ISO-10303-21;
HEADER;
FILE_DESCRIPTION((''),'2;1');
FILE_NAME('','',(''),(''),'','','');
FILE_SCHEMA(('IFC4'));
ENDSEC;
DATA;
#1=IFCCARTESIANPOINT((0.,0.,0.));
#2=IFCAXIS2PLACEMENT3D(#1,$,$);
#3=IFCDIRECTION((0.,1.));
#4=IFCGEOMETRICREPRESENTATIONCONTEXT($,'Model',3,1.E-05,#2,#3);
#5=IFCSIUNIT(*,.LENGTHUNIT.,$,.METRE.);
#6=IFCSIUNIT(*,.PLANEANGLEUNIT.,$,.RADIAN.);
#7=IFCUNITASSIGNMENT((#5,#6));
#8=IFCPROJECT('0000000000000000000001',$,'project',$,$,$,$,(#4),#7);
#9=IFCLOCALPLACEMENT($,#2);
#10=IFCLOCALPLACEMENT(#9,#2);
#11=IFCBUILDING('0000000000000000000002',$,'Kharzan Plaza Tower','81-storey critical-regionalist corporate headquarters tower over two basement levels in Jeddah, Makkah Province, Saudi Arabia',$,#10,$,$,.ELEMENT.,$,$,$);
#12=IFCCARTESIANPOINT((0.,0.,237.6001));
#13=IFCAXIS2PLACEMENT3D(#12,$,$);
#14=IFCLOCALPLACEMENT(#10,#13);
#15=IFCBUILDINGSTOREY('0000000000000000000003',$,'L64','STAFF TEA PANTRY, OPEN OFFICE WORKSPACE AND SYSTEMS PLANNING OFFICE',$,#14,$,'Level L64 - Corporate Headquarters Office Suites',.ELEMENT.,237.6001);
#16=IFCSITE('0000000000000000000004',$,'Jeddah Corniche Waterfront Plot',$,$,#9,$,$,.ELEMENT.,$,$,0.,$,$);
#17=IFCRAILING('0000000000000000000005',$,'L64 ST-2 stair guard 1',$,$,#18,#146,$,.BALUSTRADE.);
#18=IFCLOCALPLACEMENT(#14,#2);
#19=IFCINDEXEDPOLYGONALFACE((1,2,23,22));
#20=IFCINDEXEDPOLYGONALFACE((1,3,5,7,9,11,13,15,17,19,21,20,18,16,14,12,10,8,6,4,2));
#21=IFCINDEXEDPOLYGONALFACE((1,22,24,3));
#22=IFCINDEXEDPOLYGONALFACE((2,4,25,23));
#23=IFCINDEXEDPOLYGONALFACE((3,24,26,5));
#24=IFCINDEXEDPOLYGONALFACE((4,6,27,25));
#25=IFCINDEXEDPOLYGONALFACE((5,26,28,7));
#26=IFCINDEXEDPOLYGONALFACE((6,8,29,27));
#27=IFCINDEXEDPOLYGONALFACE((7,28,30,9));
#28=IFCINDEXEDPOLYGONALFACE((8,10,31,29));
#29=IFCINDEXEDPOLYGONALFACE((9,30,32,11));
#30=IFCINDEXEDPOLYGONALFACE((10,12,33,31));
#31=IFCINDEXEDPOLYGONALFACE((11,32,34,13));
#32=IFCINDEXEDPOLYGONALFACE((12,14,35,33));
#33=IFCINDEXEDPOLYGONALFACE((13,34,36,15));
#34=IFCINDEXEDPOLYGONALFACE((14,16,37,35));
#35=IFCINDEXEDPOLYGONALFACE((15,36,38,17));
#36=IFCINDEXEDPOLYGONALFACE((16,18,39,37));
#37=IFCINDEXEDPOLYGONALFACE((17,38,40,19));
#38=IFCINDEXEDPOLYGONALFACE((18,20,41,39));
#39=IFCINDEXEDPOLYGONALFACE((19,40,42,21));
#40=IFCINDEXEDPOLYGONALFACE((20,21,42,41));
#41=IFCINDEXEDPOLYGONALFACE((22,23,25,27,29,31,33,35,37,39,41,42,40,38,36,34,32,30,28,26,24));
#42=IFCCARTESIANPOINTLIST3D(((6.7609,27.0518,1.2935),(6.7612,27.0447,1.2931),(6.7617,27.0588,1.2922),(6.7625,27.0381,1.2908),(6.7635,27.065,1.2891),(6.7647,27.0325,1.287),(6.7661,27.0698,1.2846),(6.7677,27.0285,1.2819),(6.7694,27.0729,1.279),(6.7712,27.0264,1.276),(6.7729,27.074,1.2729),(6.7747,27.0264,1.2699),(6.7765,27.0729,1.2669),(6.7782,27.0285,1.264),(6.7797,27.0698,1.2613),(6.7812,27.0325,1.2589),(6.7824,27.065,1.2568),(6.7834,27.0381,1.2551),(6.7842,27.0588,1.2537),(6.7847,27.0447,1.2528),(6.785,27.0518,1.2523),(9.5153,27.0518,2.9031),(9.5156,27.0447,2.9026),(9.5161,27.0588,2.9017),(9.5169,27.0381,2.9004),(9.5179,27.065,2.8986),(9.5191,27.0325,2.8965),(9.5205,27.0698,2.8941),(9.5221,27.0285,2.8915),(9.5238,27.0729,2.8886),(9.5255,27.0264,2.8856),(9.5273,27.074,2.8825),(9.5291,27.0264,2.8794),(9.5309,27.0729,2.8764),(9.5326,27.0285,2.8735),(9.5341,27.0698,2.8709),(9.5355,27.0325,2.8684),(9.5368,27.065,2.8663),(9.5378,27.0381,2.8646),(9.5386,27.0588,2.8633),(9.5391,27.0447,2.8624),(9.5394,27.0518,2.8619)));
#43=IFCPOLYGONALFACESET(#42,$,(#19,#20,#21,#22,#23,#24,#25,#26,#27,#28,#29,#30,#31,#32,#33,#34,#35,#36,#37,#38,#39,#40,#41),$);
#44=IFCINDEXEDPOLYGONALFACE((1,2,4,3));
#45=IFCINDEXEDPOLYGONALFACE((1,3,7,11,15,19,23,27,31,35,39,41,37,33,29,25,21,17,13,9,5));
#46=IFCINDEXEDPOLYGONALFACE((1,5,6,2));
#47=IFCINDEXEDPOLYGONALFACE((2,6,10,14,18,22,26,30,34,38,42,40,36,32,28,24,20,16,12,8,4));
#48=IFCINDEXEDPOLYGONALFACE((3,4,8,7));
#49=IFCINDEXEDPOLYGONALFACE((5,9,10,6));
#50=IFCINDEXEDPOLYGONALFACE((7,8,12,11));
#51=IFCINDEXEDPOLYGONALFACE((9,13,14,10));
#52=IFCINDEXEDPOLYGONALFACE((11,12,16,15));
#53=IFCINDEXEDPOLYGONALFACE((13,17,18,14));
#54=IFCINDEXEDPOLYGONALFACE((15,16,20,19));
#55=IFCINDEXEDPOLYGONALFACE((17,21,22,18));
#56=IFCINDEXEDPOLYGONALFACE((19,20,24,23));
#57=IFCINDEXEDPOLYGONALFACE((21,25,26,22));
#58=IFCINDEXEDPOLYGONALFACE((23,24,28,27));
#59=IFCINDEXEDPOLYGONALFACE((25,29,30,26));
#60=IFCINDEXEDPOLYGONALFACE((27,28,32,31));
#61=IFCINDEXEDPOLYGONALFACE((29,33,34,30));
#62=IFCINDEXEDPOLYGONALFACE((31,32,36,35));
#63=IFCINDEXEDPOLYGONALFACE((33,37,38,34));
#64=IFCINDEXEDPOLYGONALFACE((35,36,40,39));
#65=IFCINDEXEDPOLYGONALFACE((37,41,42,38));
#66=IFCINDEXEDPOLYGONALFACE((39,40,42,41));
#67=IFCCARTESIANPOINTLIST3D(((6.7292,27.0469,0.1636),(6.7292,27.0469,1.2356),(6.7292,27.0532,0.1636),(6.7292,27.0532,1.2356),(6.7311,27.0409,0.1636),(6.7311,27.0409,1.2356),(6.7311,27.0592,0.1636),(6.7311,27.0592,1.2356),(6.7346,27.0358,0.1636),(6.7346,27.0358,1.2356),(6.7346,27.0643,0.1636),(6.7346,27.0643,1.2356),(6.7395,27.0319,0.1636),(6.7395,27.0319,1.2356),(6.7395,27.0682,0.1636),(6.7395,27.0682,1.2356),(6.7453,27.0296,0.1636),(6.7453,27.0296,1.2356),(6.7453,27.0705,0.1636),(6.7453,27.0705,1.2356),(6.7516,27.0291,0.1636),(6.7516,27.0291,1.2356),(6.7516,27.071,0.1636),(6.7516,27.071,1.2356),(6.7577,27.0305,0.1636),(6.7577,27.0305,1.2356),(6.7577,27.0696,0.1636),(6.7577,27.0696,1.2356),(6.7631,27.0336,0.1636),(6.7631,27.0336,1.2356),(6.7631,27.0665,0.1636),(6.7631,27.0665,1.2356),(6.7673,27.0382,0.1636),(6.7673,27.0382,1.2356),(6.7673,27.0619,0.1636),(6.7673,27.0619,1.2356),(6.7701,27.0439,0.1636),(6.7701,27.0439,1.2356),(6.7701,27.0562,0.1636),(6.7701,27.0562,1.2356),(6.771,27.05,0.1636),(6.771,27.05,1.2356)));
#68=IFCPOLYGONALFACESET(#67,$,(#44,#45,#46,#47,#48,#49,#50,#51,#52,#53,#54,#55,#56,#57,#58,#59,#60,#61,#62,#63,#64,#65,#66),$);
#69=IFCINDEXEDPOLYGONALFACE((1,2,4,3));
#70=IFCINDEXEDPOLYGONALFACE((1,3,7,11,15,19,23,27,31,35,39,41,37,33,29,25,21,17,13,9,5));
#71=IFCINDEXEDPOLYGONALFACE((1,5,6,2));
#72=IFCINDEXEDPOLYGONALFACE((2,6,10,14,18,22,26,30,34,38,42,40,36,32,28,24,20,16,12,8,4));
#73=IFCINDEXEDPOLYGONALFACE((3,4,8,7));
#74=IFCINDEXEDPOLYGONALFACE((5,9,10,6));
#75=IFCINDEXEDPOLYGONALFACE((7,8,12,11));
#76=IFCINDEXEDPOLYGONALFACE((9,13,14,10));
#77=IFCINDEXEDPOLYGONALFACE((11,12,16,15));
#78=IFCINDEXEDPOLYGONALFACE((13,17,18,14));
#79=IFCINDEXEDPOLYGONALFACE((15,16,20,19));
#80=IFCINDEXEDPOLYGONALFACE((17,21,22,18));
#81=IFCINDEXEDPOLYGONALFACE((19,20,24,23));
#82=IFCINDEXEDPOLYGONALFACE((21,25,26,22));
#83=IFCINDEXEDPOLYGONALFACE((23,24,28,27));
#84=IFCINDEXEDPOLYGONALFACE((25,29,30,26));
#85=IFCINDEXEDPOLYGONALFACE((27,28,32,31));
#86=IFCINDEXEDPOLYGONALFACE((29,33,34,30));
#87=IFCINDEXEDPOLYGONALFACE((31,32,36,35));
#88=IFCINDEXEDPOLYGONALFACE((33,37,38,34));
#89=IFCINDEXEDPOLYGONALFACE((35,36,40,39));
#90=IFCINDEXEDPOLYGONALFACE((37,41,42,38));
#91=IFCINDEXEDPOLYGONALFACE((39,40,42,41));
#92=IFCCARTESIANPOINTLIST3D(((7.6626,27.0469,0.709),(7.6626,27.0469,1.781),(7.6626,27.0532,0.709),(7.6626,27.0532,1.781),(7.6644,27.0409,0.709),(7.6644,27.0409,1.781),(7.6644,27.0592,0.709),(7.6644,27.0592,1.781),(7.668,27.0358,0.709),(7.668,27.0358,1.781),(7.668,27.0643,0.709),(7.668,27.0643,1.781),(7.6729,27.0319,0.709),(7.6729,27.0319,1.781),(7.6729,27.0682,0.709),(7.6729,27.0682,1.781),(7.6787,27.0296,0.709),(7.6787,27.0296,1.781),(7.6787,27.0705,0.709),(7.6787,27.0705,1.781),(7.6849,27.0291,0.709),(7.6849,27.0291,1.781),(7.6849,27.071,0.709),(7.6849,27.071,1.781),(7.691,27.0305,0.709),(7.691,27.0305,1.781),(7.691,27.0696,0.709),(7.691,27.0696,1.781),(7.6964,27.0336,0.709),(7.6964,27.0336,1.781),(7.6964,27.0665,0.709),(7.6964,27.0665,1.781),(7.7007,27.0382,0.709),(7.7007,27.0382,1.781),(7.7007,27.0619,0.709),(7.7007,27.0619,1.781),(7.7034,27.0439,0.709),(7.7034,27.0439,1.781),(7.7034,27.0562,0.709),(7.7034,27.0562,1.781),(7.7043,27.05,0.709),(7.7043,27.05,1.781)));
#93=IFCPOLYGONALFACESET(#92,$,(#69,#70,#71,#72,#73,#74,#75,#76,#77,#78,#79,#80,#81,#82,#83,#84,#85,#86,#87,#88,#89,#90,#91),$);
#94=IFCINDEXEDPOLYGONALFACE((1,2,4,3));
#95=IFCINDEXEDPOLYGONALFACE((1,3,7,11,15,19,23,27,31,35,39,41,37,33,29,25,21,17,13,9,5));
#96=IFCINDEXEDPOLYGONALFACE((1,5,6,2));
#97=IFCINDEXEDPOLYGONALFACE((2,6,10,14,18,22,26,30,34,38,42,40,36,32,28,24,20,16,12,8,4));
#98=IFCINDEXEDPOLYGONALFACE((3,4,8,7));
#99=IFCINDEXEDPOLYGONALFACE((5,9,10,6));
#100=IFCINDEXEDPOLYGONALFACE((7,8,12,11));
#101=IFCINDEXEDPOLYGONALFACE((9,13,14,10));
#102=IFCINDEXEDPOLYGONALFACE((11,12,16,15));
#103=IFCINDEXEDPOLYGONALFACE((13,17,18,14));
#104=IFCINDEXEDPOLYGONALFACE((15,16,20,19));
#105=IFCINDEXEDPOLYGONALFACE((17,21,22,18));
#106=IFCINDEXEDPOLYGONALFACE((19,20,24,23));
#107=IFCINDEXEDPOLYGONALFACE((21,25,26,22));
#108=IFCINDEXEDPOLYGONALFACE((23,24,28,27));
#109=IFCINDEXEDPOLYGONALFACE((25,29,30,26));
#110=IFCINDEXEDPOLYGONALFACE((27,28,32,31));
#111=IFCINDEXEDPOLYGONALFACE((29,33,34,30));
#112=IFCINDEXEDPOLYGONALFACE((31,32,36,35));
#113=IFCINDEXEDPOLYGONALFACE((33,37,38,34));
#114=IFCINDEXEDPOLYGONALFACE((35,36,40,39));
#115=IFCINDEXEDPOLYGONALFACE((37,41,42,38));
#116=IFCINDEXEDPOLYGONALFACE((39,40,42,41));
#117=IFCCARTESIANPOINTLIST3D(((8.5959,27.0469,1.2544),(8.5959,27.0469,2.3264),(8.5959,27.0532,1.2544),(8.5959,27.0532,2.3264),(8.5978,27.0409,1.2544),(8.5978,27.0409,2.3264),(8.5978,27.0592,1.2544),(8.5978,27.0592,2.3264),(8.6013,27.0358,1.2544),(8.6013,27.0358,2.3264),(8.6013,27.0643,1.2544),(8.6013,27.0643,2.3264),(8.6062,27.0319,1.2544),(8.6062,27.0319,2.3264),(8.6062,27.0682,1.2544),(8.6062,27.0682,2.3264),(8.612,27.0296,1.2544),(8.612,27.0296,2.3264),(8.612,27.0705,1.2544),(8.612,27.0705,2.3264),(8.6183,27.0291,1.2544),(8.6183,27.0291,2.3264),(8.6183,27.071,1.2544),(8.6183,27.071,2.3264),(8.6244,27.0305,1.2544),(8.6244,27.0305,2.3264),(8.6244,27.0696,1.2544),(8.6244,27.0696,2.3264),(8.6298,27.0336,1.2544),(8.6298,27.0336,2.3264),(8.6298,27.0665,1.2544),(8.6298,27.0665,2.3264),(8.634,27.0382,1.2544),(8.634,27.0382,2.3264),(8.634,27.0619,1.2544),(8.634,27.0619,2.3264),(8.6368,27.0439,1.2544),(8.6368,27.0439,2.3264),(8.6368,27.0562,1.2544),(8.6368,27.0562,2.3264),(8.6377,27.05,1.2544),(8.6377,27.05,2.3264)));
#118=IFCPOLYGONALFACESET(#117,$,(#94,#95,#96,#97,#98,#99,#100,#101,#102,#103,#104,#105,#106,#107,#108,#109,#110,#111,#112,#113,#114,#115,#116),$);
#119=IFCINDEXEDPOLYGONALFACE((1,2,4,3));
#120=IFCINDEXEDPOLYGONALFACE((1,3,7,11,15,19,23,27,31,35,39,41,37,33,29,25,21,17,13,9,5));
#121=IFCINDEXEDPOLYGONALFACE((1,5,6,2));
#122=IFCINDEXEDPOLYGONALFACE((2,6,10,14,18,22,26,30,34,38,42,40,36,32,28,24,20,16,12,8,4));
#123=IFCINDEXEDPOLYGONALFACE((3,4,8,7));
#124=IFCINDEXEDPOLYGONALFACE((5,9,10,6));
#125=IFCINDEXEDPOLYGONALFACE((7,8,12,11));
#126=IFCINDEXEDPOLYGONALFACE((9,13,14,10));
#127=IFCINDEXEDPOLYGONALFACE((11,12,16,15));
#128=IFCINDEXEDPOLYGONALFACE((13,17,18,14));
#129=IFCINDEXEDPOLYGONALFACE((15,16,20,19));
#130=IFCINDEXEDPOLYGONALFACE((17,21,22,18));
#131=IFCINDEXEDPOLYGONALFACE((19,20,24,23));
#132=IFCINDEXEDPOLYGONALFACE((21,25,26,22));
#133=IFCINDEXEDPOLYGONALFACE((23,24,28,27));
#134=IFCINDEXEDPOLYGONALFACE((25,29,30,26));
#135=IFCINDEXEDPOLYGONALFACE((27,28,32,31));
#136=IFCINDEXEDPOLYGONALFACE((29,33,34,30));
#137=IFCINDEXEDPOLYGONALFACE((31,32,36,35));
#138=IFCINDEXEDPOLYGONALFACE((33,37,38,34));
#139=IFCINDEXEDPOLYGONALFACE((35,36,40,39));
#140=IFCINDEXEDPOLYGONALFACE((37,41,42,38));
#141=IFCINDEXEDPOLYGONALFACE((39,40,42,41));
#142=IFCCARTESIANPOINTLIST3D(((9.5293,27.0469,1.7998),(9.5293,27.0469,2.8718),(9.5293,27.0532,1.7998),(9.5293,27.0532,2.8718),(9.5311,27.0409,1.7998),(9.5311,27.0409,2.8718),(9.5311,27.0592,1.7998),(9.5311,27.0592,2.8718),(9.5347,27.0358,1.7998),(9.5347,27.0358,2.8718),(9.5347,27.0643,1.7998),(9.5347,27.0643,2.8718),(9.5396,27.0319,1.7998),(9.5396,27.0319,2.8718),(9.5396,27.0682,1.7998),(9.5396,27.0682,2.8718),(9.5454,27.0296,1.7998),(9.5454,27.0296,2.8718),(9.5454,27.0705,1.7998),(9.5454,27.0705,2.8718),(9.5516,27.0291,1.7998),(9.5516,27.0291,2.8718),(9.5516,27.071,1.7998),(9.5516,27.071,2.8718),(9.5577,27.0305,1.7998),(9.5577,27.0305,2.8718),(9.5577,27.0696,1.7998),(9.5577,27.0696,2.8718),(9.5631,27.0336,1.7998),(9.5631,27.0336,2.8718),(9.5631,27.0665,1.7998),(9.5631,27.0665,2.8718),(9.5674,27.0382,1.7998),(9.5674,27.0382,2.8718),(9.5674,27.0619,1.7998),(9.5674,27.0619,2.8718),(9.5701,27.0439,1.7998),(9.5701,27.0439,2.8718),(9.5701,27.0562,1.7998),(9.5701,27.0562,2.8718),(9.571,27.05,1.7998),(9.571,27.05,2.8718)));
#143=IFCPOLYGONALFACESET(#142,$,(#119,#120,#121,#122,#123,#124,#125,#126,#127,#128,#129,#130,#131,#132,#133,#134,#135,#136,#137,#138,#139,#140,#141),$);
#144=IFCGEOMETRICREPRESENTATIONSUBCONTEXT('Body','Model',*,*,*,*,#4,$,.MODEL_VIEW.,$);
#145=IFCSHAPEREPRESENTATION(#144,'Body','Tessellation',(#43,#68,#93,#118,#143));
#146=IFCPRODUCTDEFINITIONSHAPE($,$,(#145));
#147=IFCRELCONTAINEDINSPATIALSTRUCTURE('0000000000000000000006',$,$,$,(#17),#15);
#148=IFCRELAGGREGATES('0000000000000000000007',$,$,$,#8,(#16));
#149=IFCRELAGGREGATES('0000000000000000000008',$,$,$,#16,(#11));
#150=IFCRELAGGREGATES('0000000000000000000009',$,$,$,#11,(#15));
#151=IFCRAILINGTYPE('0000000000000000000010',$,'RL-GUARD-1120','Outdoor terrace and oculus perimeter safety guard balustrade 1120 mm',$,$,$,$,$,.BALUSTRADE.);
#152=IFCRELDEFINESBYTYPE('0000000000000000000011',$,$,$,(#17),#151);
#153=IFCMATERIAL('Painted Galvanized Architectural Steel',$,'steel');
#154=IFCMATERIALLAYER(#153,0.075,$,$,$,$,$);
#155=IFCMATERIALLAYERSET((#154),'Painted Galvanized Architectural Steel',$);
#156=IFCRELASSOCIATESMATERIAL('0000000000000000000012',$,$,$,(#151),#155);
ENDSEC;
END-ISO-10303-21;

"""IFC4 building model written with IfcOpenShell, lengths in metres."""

from ifc_helpers import new_model, si_unit, direction, frame, origin, origin_2d, place, context, subcontext, project, spatial, circle, extrude, source, transform, mapped, material, layer, layer_set, type_object, element, save


model = new_model("IFC4")

# Units and contexts
model_context = context("Model", 3, precision=1e-05, world=origin(), true_north=direction((0.0, 1.0)))
body_context = subcontext(model_context, "Body", "Model", "MODEL_VIEW")
ifc_project = project(units=[si_unit("LENGTHUNIT", "METRE"), si_unit("PLANEANGLEUNIT", "RADIAN")], contexts=[model_context])

# Site, building, storey
site_placement = place(None, origin())
site = spatial("IfcSite", under=ifc_project, at=site_placement, Name="Jeddah Corniche Waterfront Plot", CompositionType="ELEMENT", RefElevation=0.0)
building_placement = place(site_placement, origin())
building = spatial("IfcBuilding", under=site, at=building_placement, Name="Kharzan Plaza Tower", Description="81-storey critical-regionalist corporate headquarters tower over two basement levels in Jeddah, Makkah Province, Saudi Arabia", CompositionType="ELEMENT")
storey_placement = place(building_placement, frame((0.0, 0.0, 237.6001)))
storey = spatial("IfcBuildingStorey", under=building, at=storey_placement, Name="L64", Description="STAFF TEA PANTRY, OPEN OFFICE WORKSPACE AND SYSTEMS PLANNING OFFICE", LongName="Level L64 - Corporate Headquarters Office Suites", CompositionType="ELEMENT", Elevation=237.6001)

# Railing
ifc_material_1 = material(Name="Painted Galvanized Architectural Steel", Category="steel")
ifc_layer_1 = layer(ifc_material_1, 0.075)
ifc_layer_set_1 = layer_set([ifc_layer_1], Name="Painted Galvanized Architectural Steel")
railing_type_1 = type_object("IfcRailingType", Name="RL-GUARD-1120", Description="Outdoor terrace and oculus perimeter safety guard balustrade 1120 mm", PredefinedType="BALUSTRADE", material=ifc_layer_set_1)
shared_shape_1 = source(origin(), body_context, "Body", "SweptSolid", [
    extrude(circle(Radius=0.0239, at=origin_2d()), frame((0.0229, 0.0, 1.1094), z_axis=(0.863394, 0.0, 0.504531), x_axis=(0.0, 1.0, 0.0)), (0.0, 0.0, 1.0), 3.1902),
    extrude(circle(Radius=0.021, at=origin_2d()), origin(), (0.0, 0.0, 1.0), 1.072),
    extrude(circle(Radius=0.021, at=origin_2d()), frame((0.9333, 0.0, 0.5454)), (0.0, 0.0, 1.0), 1.072),
    extrude(circle(Radius=0.021, at=origin_2d()), frame((1.8667, 0.0, 1.0908)), (0.0, 0.0, 1.0), 1.072),
    extrude(circle(Radius=0.021, at=origin_2d()), frame((2.8, 0.0, 1.6362)), (0.0, 0.0, 1.0), 1.072),
])
railing_1_placement = place(storey_placement, frame((6.75, 27.05, 0.1636)))
element("IfcRailing", 1, at=railing_1_placement, inside=storey, type_object=railing_type_1, Name="L64 ST-2 stair guard 1", PredefinedType="BALUSTRADE", context=body_context, shape_type="MappedRepresentation", body=[
    mapped(shared_shape_1, transform((0.0, 0.0, 0.0), x_axis=(1.0, 0.0, 0.0), y_axis=(0.0, 1.0, 0.0), z_axis=(0.0, 0.0, 1.0))),
])

save(model, "model.ifc")
